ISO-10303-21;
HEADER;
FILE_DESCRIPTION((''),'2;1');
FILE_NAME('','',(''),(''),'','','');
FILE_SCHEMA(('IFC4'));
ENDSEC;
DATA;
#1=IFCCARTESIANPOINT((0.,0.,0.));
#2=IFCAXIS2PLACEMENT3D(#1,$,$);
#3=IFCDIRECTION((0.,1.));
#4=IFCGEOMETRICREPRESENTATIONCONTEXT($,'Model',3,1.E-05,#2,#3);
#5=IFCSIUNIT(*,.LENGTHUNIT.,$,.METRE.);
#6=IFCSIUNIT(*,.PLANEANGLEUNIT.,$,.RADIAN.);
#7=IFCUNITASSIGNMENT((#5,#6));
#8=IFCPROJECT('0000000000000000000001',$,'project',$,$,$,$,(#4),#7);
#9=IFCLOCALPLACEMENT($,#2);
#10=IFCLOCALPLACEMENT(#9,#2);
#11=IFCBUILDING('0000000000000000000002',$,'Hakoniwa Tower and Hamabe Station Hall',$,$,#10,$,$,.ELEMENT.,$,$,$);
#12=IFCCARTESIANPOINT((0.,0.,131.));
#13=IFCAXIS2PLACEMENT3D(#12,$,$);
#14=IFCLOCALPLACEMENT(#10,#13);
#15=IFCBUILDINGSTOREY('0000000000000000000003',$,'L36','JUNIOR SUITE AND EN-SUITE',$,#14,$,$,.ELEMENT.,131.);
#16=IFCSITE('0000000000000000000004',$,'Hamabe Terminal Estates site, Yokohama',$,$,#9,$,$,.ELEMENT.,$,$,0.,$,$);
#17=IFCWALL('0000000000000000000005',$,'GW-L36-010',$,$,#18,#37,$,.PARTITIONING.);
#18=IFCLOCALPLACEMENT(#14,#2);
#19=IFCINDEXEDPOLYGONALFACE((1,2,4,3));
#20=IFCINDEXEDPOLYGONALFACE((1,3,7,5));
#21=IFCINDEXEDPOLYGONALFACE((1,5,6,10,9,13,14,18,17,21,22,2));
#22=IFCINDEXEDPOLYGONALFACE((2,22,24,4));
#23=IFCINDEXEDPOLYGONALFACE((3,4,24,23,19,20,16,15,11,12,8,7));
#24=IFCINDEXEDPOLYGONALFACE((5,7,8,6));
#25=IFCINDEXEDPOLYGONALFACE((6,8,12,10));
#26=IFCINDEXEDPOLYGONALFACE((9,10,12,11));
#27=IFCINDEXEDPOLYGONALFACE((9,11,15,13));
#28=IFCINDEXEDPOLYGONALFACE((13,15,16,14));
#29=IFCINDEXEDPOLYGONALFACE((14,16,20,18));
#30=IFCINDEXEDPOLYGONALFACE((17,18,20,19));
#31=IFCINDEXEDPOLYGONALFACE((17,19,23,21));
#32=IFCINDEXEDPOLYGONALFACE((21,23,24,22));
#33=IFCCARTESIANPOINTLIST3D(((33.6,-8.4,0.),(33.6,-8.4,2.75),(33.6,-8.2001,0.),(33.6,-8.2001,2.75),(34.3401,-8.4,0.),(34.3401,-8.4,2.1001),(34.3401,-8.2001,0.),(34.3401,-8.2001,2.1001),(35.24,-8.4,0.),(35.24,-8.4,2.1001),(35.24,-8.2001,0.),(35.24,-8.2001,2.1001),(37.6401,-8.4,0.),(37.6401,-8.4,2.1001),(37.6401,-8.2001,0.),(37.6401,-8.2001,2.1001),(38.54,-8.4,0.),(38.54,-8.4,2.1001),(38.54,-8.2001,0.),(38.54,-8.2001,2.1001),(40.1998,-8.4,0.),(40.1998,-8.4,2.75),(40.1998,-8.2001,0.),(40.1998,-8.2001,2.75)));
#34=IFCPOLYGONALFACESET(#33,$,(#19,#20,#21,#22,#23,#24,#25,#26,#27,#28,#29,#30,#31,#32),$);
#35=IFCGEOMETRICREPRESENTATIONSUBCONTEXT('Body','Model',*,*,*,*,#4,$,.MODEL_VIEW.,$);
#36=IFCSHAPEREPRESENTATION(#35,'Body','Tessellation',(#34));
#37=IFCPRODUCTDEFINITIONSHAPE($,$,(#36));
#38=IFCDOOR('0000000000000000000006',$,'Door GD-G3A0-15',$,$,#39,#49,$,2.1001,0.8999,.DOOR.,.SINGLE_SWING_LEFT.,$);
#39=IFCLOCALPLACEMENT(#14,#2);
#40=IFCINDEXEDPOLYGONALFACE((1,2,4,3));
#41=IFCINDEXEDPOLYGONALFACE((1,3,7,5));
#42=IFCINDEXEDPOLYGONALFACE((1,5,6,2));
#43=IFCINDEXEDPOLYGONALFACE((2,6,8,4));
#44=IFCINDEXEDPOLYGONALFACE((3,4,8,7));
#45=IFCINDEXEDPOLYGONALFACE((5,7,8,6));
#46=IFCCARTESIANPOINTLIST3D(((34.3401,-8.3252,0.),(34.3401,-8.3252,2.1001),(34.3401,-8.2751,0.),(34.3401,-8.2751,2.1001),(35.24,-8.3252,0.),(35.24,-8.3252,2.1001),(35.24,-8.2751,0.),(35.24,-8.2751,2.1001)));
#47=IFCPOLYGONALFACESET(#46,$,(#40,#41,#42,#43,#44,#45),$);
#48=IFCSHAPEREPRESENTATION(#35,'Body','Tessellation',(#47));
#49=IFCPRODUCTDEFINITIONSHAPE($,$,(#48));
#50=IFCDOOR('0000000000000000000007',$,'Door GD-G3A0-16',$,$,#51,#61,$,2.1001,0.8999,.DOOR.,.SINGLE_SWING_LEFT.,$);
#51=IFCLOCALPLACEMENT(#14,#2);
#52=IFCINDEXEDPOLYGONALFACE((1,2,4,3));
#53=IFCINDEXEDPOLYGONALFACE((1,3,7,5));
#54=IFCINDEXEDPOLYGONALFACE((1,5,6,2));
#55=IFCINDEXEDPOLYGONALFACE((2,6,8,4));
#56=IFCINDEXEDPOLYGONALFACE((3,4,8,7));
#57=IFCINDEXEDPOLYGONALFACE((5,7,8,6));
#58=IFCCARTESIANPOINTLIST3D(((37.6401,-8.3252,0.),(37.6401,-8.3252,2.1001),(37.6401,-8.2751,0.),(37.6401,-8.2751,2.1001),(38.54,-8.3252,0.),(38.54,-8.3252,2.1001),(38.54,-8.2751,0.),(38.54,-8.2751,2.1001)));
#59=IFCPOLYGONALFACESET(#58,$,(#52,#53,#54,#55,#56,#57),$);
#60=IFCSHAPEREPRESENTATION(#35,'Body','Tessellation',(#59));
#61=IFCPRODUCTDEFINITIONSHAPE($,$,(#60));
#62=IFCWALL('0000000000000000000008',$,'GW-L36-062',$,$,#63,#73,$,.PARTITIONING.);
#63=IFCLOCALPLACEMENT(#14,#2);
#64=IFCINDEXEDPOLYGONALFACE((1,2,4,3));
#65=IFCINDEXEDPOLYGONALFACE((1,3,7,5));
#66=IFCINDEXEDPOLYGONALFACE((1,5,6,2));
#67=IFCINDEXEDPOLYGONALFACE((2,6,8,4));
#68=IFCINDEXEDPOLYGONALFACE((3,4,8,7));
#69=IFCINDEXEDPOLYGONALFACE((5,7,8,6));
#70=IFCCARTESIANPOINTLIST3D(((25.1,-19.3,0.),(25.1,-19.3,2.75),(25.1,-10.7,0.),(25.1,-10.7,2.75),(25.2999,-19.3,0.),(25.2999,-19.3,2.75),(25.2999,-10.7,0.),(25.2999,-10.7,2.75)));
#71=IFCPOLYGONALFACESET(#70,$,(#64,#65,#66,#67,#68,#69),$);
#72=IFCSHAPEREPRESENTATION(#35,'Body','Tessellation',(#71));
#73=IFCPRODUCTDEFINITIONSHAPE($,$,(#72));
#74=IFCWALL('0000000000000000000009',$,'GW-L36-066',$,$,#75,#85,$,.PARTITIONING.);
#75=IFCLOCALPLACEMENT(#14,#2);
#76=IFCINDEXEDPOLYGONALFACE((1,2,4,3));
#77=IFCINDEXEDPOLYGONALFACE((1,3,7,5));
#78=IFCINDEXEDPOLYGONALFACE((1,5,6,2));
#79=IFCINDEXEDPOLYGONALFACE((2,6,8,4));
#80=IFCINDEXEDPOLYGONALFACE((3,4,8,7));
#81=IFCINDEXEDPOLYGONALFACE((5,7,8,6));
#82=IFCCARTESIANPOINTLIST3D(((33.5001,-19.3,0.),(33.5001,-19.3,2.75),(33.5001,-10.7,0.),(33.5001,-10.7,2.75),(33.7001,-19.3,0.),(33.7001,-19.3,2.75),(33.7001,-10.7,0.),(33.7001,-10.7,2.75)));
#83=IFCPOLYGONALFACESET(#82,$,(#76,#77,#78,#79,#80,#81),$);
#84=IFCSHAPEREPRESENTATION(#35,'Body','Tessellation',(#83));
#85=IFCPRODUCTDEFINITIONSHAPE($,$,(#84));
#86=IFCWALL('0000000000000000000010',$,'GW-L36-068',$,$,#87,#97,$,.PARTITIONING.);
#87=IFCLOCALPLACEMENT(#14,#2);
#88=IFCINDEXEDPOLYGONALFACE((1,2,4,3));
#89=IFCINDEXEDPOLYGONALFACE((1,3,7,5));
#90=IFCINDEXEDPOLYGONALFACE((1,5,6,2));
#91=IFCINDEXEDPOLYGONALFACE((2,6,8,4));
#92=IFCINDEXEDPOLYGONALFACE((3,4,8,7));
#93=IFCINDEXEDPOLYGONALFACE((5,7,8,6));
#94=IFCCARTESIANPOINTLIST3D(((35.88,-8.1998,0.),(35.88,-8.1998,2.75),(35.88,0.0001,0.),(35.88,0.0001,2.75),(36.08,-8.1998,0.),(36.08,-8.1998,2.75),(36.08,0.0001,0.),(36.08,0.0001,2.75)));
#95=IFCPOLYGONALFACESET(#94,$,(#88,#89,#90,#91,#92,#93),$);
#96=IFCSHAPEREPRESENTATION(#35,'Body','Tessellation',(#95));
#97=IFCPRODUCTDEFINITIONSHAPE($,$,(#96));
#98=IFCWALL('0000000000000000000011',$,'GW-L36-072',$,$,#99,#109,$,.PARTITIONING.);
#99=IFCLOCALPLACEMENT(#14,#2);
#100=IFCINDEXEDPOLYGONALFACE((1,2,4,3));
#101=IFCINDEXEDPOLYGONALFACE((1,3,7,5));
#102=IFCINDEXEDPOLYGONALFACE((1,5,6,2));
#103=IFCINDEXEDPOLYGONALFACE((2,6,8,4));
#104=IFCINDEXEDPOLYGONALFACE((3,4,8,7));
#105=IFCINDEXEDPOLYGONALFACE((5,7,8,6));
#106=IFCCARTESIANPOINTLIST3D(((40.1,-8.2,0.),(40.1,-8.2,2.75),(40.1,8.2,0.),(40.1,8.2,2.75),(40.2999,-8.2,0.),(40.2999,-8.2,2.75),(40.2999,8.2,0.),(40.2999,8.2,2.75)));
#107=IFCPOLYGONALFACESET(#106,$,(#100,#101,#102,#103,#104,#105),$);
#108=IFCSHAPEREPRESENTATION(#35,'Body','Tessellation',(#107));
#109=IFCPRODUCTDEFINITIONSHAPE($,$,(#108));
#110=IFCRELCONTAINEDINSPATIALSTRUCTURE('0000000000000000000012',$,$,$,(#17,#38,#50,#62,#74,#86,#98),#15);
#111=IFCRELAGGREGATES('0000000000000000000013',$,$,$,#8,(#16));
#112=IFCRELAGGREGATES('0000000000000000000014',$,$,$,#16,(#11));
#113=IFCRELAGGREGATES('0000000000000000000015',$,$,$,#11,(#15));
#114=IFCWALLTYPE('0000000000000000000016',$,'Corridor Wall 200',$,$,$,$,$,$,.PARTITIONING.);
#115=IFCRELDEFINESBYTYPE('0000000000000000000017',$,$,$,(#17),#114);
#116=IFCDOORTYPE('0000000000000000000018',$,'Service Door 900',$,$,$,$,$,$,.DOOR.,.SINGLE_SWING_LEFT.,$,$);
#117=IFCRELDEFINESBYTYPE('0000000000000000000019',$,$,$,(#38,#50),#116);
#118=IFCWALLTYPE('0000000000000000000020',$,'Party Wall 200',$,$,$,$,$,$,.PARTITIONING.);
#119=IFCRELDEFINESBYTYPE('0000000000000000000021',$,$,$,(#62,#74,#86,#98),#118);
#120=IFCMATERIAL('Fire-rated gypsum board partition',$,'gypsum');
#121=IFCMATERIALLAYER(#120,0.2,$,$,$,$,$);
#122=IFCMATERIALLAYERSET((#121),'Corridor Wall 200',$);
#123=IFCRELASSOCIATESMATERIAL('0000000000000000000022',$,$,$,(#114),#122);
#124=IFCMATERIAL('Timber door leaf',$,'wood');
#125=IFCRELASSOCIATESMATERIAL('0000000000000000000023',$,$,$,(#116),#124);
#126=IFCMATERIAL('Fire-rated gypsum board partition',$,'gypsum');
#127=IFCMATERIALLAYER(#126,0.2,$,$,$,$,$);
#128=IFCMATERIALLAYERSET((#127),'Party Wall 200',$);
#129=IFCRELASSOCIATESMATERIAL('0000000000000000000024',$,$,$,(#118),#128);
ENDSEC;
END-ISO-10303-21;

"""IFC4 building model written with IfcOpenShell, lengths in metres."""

from ifc_helpers import new_model, si_unit, direction, frame, frame_2d, origin, place, context, subcontext, project, spatial, rectangle, extrude, material, layer, layer_set, type_object, element, fill, save


model = new_model("IFC4")

# Units and contexts
model_context = context("Model", 3, precision=1e-05, world=origin(), true_north=direction((0.0, 1.0)))
body_context = subcontext(model_context, "Body", "Model", "MODEL_VIEW")
ifc_project = project(units=[si_unit("LENGTHUNIT", "METRE"), si_unit("PLANEANGLEUNIT", "RADIAN")], contexts=[model_context])

# Site, building, storey
site_placement = place(None, origin())
site = spatial("IfcSite", under=ifc_project, at=site_placement, Name="Hamabe Terminal Estates site, Yokohama", CompositionType="ELEMENT", RefElevation=0.0)
building_placement = place(site_placement, origin())
building = spatial("IfcBuilding", under=site, at=building_placement, Name="Hakoniwa Tower and Hamabe Station Hall", CompositionType="ELEMENT")
storey_placement = place(building_placement, frame((0.0, 0.0, 131.0)))
storey = spatial("IfcBuildingStorey", under=building, at=storey_placement, Name="L36", Description="JUNIOR SUITE AND EN-SUITE", CompositionType="ELEMENT", Elevation=131.0)

# Wall, openings, doors
ifc_material_1 = material(Name="Fire-rated gypsum board partition", Category="gypsum")
ifc_layer_1 = layer(ifc_material_1, 0.2)
ifc_layer_set_1 = layer_set([ifc_layer_1], Name="Corridor Wall 200")
wall_type_1 = type_object("IfcWallType", Name="Corridor Wall 200", PredefinedType="PARTITIONING", material=ifc_layer_set_1)
wall_1_placement = place(storey_placement, frame((33.6001, -8.3, 0.0), z_axis=(0.0, 0.0, 1.0), x_axis=(1.0, 0.0, 0.0)))
wall_1 = element("IfcWall", 1, at=wall_1_placement, inside=storey, type_object=wall_type_1, Name="GW-L36-010", PredefinedType="PARTITIONING", context=body_context, shape_type="SweptSolid", body=[
    extrude(rectangle(XDim=6.5999, YDim=0.2, at=frame_2d((3.2998, 0.0))), origin(), (0.0, 0.0, 1.0), 2.75),
])
opening_1_placement = place(wall_1_placement, frame((0.74, 0.0, 0.0)))
opening_1 = element("IfcOpeningElement", 2, at=opening_1_placement, cuts=wall_1, PredefinedType="OPENING", context=body_context, shape_type="SweptSolid", body=[
    extrude(rectangle(XDim=0.8999, YDim=2.1001, at=frame_2d((0.45, 1.05))), frame((0.0, 0.1099, 0.0), z_axis=(0.0, -1.0, 0.0), x_axis=(1.0, 0.0, 0.0)), (0.0, 0.0, 1.0), 0.22),
])
opening_2_placement = place(wall_1_placement, frame((4.04, 0.0, 0.0)))
opening_2 = element("IfcOpeningElement", 3, at=opening_2_placement, cuts=wall_1, PredefinedType="OPENING", context=body_context, shape_type="SweptSolid", body=[
    extrude(rectangle(XDim=0.8999, YDim=2.1001, at=frame_2d((0.45, 1.05))), frame((0.0, 0.1099, 0.0), z_axis=(0.0, -1.0, 0.0), x_axis=(1.0, 0.0, 0.0)), (0.0, 0.0, 1.0), 0.22),
])
ifc_material_2 = material(Name="Timber door leaf", Category="wood")
door_type_1 = type_object("IfcDoorType", Name="Service Door 900", OperationType="SINGLE_SWING_LEFT", PredefinedType="DOOR", material=ifc_material_2)
door_1_placement = place(opening_1_placement, origin())
door_1 = element("IfcDoor", 4, at=door_1_placement, inside=storey, type_object=door_type_1, Name="Door GD-G3A0-15", OperationType="SINGLE_SWING_LEFT", OverallHeight=2.1001, OverallWidth=0.8999, PredefinedType="DOOR", context=body_context, shape_type="SweptSolid", body=[
    extrude(rectangle(XDim=0.8999, YDim=2.1001, at=frame_2d((0.45, 1.05))), frame((0.0, 0.0249, 0.0), z_axis=(0.0, -1.0, 0.0), x_axis=(1.0, 0.0, 0.0)), (0.0, 0.0, 1.0), 0.05),
])
fill(opening_1, door_1)
door_2_placement = place(opening_2_placement, origin())
door_2 = element("IfcDoor", 5, at=door_2_placement, inside=storey, type_object=door_type_1, Name="Door GD-G3A0-16", OperationType="SINGLE_SWING_LEFT", OverallHeight=2.1001, OverallWidth=0.8999, PredefinedType="DOOR", context=body_context, shape_type="SweptSolid", body=[
    extrude(rectangle(XDim=0.8999, YDim=2.1001, at=frame_2d((0.45, 1.05))), frame((0.0, 0.0249, 0.0), z_axis=(0.0, -1.0, 0.0), x_axis=(1.0, 0.0, 0.0)), (0.0, 0.0, 1.0), 0.05),
])
fill(opening_2, door_2)

# Walls
ifc_material_3 = material(Name="Fire-rated gypsum board partition", Category="gypsum")
ifc_layer_2 = layer(ifc_material_3, 0.2)
ifc_layer_set_2 = layer_set([ifc_layer_2], Name="Party Wall 200")
wall_type_2 = type_object("IfcWallType", Name="Party Wall 200", PredefinedType="PARTITIONING", material=ifc_layer_set_2)
for number, where, z_axis, x_axis, name in (
    (6, (25.2, -19.3, 0.0), (0.0, 0.0, 1.0), (0.0, 1.0, 0.0), "GW-L36-062"),
    (7, (33.6001, -19.3, 0.0), (0.0, 0.0, 1.0), (0.0, 1.0, 0.0), "GW-L36-066"),
):
    element("IfcWall", number, at=place(storey_placement, frame(where, z_axis=z_axis, x_axis=x_axis)), inside=storey, type_object=wall_type_2, Name=name, PredefinedType="PARTITIONING", context=body_context, shape_type="SweptSolid", body=[
        extrude(rectangle(XDim=8.6001, YDim=0.2, at=frame_2d((4.3, 0.0))), origin(), (0.0, 0.0, 1.0), 2.75),
    ])
wall_2_placement = place(storey_placement, frame((35.98, -8.2, 0.0), z_axis=(0.0, 0.0, 1.0), x_axis=(0.0, 1.0, 0.0)))
element("IfcWall", 8, at=wall_2_placement, inside=storey, type_object=wall_type_2, Name="GW-L36-068", PredefinedType="PARTITIONING", context=body_context, shape_type="SweptSolid", body=[
    extrude(rectangle(XDim=8.2, YDim=0.2, at=frame_2d((4.1001, 0.0))), origin(), (0.0, 0.0, 1.0), 2.75),
])
wall_3_placement = place(storey_placement, frame((40.2, -8.2, 0.0), z_axis=(0.0, 0.0, 1.0), x_axis=(0.0, 1.0, 0.0)))
element("IfcWall", 9, at=wall_3_placement, inside=storey, type_object=wall_type_2, Name="GW-L36-072", PredefinedType="PARTITIONING", context=body_context, shape_type="SweptSolid", body=[
    extrude(rectangle(XDim=16.3999, YDim=0.2, at=frame_2d((8.2, 0.0))), origin(), (0.0, 0.0, 1.0), 2.75),
])

save(model, "model.ifc")
